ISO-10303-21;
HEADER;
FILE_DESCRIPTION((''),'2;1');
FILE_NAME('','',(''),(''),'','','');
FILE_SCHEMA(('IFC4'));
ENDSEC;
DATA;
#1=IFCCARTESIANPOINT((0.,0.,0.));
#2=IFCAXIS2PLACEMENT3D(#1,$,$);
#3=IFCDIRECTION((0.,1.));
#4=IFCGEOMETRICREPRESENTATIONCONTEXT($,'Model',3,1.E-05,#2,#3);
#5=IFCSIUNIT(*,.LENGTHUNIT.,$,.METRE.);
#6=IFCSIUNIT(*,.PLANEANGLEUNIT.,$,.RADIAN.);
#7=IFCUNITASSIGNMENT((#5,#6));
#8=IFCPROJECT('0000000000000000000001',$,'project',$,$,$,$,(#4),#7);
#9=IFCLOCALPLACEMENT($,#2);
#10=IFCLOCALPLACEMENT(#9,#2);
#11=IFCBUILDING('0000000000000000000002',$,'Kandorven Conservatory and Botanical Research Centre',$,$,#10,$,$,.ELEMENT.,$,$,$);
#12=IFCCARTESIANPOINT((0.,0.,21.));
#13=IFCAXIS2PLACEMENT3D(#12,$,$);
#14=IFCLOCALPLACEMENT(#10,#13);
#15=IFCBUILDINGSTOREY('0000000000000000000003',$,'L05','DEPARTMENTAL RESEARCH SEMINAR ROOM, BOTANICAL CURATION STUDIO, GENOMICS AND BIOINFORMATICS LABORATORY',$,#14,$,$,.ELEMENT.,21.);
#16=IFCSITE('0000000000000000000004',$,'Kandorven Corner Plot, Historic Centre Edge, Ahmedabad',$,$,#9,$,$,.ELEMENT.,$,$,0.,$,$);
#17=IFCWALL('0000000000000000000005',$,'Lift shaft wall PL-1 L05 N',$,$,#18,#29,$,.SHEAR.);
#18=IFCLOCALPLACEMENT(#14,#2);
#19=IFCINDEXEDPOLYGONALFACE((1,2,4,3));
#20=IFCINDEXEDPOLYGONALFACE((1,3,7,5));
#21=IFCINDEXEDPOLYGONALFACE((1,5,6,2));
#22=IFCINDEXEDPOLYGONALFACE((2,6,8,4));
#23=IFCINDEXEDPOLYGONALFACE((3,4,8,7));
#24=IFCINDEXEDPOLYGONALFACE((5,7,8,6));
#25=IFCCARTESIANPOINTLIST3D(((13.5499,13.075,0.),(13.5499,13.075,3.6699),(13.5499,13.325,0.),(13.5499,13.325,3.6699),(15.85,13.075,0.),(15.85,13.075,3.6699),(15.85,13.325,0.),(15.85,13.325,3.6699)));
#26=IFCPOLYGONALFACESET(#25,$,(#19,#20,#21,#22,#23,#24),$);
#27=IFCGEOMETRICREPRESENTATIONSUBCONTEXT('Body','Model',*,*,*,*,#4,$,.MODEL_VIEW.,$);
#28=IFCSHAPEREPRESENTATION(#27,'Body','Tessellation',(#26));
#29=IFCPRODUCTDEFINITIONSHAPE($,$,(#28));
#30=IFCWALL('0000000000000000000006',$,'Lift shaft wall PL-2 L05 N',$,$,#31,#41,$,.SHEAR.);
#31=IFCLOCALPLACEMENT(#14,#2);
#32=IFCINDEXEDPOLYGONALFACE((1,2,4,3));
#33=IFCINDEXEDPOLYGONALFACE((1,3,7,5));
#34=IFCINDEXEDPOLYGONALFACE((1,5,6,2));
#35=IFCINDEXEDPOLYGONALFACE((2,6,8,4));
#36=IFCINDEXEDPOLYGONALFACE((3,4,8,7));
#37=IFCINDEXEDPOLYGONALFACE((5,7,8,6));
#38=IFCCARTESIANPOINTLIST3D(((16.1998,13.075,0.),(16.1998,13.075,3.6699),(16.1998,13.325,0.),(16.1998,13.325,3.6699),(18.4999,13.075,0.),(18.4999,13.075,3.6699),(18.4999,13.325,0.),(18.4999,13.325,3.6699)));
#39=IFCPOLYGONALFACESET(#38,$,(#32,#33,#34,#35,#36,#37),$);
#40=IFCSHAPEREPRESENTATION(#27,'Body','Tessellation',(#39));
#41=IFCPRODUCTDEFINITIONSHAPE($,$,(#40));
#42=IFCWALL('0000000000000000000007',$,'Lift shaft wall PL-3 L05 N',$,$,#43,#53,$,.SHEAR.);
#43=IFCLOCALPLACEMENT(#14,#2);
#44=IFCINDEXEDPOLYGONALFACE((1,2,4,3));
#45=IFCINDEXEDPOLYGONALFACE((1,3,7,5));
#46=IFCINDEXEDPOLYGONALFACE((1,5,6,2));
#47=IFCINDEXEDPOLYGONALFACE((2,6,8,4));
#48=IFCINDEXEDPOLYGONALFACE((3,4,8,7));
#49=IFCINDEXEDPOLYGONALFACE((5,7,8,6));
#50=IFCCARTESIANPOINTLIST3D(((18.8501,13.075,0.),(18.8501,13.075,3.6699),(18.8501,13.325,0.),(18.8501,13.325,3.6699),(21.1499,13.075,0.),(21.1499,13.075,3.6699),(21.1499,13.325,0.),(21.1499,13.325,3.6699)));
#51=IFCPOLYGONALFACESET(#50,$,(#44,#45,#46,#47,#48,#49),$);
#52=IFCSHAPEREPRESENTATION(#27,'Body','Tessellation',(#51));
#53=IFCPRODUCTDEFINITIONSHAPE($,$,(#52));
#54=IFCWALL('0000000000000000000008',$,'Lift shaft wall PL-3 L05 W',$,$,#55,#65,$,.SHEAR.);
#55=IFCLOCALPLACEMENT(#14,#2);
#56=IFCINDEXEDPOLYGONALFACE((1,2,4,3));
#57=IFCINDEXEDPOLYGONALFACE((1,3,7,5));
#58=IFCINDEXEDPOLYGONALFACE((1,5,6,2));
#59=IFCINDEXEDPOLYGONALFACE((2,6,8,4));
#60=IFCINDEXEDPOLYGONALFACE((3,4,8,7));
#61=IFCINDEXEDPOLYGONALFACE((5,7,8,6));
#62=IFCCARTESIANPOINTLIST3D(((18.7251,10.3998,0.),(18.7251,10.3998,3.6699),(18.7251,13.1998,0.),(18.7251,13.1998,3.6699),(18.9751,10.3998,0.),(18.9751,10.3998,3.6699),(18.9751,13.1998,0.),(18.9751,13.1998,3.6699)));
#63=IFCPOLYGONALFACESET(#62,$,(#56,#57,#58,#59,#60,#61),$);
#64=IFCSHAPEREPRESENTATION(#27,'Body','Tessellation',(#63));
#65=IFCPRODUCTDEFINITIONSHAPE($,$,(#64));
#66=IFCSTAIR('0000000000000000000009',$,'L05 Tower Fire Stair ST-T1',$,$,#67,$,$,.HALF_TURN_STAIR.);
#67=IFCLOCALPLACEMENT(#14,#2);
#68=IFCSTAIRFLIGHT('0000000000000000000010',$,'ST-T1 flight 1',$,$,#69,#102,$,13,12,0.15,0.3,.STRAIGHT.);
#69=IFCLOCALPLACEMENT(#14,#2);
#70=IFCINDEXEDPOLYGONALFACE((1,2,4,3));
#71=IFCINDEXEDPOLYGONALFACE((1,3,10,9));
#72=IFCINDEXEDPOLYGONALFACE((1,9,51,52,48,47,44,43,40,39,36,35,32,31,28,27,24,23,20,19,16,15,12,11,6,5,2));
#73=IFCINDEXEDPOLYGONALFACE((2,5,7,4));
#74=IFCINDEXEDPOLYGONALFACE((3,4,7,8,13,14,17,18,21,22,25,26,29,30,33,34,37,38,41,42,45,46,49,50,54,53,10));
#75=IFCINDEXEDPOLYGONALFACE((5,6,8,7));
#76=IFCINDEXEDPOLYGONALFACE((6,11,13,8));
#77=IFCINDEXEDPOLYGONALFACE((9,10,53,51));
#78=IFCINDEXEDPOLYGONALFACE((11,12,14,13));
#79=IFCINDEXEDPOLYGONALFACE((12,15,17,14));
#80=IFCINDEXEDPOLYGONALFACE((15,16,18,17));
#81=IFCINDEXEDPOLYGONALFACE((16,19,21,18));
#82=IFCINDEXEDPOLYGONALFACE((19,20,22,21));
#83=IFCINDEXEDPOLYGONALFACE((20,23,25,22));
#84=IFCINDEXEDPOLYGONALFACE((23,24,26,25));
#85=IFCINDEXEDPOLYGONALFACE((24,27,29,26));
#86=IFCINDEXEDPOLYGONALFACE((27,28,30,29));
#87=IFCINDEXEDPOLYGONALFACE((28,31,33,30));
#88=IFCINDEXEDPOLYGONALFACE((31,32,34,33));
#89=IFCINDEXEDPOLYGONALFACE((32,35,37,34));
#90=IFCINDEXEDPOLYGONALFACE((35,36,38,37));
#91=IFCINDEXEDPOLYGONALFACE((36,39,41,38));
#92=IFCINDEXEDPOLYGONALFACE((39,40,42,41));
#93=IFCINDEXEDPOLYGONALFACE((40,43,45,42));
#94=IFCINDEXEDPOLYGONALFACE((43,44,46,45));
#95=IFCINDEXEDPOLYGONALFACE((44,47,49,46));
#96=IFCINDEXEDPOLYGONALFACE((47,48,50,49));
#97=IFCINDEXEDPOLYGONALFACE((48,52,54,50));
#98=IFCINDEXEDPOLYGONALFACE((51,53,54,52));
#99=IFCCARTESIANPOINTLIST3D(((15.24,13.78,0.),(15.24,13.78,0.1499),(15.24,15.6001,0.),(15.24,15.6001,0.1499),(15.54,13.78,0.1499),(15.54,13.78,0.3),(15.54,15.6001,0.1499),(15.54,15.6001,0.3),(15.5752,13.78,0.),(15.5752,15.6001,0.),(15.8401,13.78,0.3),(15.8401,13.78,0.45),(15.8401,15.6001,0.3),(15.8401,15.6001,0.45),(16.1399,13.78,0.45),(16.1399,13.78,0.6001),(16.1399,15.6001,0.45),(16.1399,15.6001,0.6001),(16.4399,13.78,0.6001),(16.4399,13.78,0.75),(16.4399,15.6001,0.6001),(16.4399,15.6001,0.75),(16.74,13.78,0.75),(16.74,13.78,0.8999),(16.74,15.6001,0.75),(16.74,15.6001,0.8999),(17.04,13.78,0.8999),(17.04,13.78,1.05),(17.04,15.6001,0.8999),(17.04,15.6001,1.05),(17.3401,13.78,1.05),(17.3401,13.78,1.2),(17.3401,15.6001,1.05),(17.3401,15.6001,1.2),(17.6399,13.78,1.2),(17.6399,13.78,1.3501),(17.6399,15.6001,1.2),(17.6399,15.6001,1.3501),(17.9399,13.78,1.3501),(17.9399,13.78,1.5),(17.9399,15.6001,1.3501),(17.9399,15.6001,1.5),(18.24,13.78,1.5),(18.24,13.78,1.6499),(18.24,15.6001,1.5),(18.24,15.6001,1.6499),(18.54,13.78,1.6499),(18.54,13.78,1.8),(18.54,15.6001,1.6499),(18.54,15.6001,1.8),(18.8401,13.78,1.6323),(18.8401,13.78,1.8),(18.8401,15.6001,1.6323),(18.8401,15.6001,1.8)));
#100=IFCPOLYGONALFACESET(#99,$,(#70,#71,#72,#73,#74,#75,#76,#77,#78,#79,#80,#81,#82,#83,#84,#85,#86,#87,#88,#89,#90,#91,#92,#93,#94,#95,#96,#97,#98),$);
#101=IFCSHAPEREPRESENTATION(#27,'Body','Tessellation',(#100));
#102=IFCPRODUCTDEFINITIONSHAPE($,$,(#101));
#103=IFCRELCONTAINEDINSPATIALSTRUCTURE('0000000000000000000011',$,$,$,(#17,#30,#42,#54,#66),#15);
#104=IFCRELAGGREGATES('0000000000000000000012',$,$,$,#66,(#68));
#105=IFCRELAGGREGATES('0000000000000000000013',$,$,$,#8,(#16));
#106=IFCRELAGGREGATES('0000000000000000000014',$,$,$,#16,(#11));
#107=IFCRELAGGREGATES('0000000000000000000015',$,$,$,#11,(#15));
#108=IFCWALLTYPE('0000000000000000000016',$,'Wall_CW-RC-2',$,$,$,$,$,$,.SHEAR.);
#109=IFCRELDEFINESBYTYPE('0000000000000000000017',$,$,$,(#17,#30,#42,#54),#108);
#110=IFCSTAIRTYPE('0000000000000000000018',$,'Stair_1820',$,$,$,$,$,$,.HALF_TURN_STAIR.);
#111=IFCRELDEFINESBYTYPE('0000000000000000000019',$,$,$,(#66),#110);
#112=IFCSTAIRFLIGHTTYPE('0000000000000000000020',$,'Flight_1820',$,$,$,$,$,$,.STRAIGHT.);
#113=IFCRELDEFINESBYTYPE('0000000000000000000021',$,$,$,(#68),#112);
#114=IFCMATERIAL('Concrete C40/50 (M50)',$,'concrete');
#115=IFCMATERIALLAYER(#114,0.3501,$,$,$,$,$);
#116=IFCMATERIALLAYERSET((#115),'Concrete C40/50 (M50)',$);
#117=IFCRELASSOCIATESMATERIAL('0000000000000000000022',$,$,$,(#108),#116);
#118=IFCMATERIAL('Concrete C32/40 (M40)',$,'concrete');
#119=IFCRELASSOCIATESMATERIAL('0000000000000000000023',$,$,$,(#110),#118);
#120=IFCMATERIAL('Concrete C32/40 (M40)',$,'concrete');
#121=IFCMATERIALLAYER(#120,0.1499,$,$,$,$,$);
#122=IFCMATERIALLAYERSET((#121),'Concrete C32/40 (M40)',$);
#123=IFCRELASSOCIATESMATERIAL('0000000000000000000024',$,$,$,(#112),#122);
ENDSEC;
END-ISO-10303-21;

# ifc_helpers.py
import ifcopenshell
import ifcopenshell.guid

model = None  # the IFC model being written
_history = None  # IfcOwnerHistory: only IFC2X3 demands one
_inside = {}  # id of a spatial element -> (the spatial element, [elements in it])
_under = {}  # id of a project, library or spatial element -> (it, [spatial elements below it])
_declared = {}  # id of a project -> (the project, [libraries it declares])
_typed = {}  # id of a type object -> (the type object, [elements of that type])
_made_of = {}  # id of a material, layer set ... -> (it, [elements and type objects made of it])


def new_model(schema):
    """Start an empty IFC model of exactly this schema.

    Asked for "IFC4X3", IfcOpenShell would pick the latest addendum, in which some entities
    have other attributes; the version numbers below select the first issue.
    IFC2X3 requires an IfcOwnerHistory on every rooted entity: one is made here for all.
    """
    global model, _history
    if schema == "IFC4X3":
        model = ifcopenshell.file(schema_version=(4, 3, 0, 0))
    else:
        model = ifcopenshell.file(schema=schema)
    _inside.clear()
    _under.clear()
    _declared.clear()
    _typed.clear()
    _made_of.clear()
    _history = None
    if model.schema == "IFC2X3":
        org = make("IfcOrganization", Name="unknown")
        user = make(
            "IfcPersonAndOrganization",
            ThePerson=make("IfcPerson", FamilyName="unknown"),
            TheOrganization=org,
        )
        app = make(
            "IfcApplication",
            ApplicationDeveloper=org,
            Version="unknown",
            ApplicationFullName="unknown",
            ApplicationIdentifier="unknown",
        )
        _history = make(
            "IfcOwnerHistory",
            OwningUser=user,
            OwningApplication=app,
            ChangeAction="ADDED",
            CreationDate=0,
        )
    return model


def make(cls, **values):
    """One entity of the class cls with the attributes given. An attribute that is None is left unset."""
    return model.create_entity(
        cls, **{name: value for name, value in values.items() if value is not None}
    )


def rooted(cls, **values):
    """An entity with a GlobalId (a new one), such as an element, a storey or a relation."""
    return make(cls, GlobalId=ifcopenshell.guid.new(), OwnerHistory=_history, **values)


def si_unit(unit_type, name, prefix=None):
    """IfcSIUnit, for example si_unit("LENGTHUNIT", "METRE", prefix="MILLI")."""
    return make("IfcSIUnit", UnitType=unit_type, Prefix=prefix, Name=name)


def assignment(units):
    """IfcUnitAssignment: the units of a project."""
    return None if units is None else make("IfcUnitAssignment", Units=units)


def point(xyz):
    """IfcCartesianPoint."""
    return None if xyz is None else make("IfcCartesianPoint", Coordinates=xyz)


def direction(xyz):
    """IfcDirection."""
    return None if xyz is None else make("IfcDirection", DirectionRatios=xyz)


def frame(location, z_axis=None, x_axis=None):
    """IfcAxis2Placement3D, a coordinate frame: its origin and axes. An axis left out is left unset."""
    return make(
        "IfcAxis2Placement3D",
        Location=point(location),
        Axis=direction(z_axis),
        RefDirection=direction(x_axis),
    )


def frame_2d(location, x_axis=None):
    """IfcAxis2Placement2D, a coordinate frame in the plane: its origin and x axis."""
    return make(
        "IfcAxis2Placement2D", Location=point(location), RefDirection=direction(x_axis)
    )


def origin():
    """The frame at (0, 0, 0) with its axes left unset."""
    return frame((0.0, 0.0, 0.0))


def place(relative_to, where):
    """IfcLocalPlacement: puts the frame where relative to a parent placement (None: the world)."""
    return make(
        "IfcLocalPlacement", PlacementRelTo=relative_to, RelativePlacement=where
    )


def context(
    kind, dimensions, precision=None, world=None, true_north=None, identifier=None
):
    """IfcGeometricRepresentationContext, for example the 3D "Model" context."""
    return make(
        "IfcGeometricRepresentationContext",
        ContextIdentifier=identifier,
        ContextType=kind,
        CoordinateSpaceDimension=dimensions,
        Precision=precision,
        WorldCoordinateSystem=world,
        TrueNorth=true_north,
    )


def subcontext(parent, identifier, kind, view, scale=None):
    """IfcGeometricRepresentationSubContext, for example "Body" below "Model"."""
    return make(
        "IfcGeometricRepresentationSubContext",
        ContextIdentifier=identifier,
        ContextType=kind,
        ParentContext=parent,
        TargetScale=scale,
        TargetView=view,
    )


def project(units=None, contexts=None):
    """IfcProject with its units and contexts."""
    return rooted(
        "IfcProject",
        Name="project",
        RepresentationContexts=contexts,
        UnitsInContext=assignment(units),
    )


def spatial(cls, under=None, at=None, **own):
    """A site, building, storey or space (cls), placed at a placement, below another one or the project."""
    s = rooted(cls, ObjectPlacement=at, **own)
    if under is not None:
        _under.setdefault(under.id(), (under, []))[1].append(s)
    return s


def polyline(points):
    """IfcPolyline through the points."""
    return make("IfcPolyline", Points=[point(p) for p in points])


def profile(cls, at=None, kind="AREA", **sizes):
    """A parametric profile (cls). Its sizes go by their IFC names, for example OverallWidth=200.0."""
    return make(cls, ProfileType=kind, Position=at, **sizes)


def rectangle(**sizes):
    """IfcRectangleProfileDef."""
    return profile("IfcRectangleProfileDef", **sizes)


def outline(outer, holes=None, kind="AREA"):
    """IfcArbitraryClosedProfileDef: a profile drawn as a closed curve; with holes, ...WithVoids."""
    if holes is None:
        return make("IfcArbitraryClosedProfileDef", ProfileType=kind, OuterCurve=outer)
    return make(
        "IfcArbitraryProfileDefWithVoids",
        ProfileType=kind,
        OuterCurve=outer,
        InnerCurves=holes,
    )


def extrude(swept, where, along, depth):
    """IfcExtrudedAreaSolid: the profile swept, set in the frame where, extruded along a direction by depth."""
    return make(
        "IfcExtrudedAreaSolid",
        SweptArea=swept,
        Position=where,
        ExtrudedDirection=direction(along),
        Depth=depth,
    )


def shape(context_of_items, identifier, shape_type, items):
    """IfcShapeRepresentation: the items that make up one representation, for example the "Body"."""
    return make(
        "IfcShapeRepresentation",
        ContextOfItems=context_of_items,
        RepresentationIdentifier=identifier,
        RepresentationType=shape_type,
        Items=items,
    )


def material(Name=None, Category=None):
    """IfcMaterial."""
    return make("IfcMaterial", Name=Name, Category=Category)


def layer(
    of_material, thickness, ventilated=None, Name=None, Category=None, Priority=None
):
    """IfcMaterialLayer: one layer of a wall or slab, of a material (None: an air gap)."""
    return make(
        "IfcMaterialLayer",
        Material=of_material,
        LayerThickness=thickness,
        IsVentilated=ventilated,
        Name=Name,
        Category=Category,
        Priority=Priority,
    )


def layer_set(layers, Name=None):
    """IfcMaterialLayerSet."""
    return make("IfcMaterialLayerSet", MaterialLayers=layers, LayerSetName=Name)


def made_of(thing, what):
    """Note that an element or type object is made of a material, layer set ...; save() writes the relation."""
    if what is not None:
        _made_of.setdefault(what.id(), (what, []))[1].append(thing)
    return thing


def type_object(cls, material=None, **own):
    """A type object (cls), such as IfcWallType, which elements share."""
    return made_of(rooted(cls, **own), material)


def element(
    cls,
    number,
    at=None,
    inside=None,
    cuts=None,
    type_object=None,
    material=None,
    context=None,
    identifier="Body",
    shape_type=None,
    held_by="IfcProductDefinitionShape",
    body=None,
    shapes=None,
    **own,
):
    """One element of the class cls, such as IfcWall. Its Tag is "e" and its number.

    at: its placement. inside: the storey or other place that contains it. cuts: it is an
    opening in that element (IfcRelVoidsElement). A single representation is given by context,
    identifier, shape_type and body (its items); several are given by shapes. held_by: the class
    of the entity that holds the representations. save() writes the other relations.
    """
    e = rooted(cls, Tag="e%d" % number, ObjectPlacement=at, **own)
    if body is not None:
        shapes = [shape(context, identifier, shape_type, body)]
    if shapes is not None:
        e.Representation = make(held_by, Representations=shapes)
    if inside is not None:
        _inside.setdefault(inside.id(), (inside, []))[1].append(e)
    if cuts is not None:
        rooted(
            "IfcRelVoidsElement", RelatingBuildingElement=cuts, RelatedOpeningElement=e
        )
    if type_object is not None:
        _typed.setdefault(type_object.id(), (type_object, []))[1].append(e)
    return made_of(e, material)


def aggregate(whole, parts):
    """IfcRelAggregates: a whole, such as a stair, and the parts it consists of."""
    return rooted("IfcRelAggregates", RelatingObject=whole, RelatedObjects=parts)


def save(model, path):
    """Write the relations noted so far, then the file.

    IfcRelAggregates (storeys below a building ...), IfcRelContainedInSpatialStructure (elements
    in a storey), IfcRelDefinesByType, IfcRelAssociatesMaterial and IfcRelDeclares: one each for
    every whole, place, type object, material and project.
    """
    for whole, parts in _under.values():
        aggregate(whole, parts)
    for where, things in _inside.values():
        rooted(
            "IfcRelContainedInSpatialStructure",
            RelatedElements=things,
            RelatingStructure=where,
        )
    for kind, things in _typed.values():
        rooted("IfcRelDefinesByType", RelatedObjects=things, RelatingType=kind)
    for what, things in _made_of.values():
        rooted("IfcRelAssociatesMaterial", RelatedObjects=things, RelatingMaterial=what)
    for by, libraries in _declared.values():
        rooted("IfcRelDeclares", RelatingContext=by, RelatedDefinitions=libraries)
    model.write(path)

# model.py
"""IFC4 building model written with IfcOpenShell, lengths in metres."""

from ifc_helpers import new_model, si_unit, direction, frame, frame_2d, origin, place, context, subcontext, project, spatial, polyline, rectangle, outline, extrude, material, layer, layer_set, type_object, element, aggregate, save


model = new_model("IFC4")

# Units and contexts
model_context = context("Model", 3, precision=1e-05, world=origin(), true_north=direction((0.0, 1.0)))
body_context = subcontext(model_context, "Body", "Model", "MODEL_VIEW")
ifc_project = project(units=[si_unit("LENGTHUNIT", "METRE"), si_unit("PLANEANGLEUNIT", "RADIAN")], contexts=[model_context])

# Site, building, storey
site_placement = place(None, origin())
site = spatial("IfcSite", under=ifc_project, at=site_placement, Name="Kandorven Corner Plot, Historic Centre Edge, Ahmedabad", CompositionType="ELEMENT", RefElevation=0.0)
building_placement = place(site_placement, origin())
building = spatial("IfcBuilding", under=site, at=building_placement, Name="Kandorven Conservatory and Botanical Research Centre", CompositionType="ELEMENT")
storey_placement = place(building_placement, frame((0.0, 0.0, 21.0)))
storey = spatial("IfcBuildingStorey", under=building, at=storey_placement, Name="L05", Description="DEPARTMENTAL RESEARCH SEMINAR ROOM, BOTANICAL CURATION STUDIO, GENOMICS AND BIOINFORMATICS LABORATORY", CompositionType="ELEMENT", Elevation=21.0)

# Shared definitions
ifc_material_1 = material(Name="Concrete C40/50 (M50)", Category="concrete")
ifc_layer_1 = layer(ifc_material_1, 0.3501)
ifc_layer_set_1 = layer_set([ifc_layer_1], Name="Concrete C40/50 (M50)")
wall_type_1 = type_object("IfcWallType", Name="Wall_CW-RC-2", PredefinedType="SHEAR", material=ifc_layer_set_1)

# Walls
for number, where, z_axis, x_axis, name in (
    (1, (13.55, 13.2, 0.0), (0.0, 0.0, 1.0), (1.0, 0.0, 0.0), "Lift shaft wall PL-1 L05 N"),
    (2, (16.2, 13.2, 0.0), (0.0, 0.0, 1.0), (1.0, 0.0, 0.0), "Lift shaft wall PL-2 L05 N"),
):
    element("IfcWall", number, at=place(storey_placement, frame(where, z_axis=z_axis, x_axis=x_axis)), inside=storey, type_object=wall_type_1, Name=name, PredefinedType="SHEAR", context=body_context, shape_type="SweptSolid", body=[
        extrude(rectangle(XDim=2.3, YDim=0.25, at=frame_2d((1.1499, 0.0))), origin(), (0.0, 0.0, 1.0), 3.6699),
    ])
wall_1_placement = place(storey_placement, frame((18.8501, 13.2, 0.0), z_axis=(0.0, 0.0, 1.0), x_axis=(1.0, 0.0, 0.0)))
element("IfcWall", 3, at=wall_1_placement, inside=storey, type_object=wall_type_1, Name="Lift shaft wall PL-3 L05 N", PredefinedType="SHEAR", context=body_context, shape_type="SweptSolid", body=[
    extrude(rectangle(XDim=2.2998, YDim=0.25, at=frame_2d((1.1499, 0.0))), origin(), (0.0, 0.0, 1.0), 3.6699),
])
wall_2_placement = place(storey_placement, frame((18.8501, 10.3999, 0.0), z_axis=(0.0, 0.0, 1.0), x_axis=(0.0, 1.0, 0.0)))
element("IfcWall", 4, at=wall_2_placement, inside=storey, type_object=wall_type_1, Name="Lift shaft wall PL-3 L05 W", PredefinedType="SHEAR", context=body_context, shape_type="SweptSolid", body=[
    extrude(rectangle(XDim=2.8, YDim=0.25, at=frame_2d((1.3999, 0.0))), origin(), (0.0, 0.0, 1.0), 3.6699),
])

# Stair, stair flight
ifc_material_2 = material(Name="Concrete C32/40 (M40)", Category="concrete")
stair_type = type_object("IfcStairType", Name="Stair_1820", PredefinedType="HALF_TURN_STAIR", material=ifc_material_2)
stair_placement = place(storey_placement, origin())
stair = element("IfcStair", 5, at=stair_placement, inside=storey, type_object=stair_type, Name="L05 Tower Fire Stair ST-T1", PredefinedType="HALF_TURN_STAIR")
ifc_material_3 = material(Name="Concrete C32/40 (M40)", Category="concrete")
ifc_layer_2 = layer(ifc_material_3, 0.1499)
ifc_layer_set_2 = layer_set([ifc_layer_2], Name="Concrete C32/40 (M40)")
stair_flight_type = type_object("IfcStairFlightType", Name="Flight_1820", PredefinedType="STRAIGHT", material=ifc_layer_set_2)
stair_flight_placement = place(storey_placement, frame((15.24, 14.6899, 0.0), z_axis=(0.0, 0.0, 1.0), x_axis=(1.0, 0.0, 0.0)))
stair_flight = element("IfcStairFlight", 6, at=stair_flight_placement, type_object=stair_flight_type, Name="ST-T1 flight 1", NumberOfRisers=13, NumberOfTreads=12, PredefinedType="STRAIGHT", RiserHeight=0.15, TreadLength=0.3, context=body_context, shape_type="SweptSolid", body=[
    extrude(outline(polyline([(0.0, 0.0), (0.0, 0.1499), (0.3, 0.1499), (0.3, 0.3), (0.6001, 0.3), (0.6001, 0.45), (0.8999, 0.45), (0.8999, 0.6001), (1.2, 0.6001), (1.2, 0.75), (1.5, 0.75), (1.5, 0.8999), (1.8, 0.8999), (1.8, 1.05), (2.1001, 1.05), (2.1001, 1.2), (2.3999, 1.2), (2.3999, 1.3501), (2.7, 1.3501), (2.7, 1.5), (3.0, 1.5), (3.0, 1.6499), (3.3, 1.6499), (3.3, 1.8), (3.6001, 1.8), (3.6001, 1.95), (3.6001, 1.6323), (0.3352, 0.0), (0.0, 0.0)])), frame((0.0, 0.9102, 0.0), z_axis=(0.0, -1.0, 0.0), x_axis=(1.0, 0.0, 0.0)), (0.0, 0.0, 1.0), 1.8201),
])
aggregate(stair, [stair_flight])

save(model, "model.ifc")
